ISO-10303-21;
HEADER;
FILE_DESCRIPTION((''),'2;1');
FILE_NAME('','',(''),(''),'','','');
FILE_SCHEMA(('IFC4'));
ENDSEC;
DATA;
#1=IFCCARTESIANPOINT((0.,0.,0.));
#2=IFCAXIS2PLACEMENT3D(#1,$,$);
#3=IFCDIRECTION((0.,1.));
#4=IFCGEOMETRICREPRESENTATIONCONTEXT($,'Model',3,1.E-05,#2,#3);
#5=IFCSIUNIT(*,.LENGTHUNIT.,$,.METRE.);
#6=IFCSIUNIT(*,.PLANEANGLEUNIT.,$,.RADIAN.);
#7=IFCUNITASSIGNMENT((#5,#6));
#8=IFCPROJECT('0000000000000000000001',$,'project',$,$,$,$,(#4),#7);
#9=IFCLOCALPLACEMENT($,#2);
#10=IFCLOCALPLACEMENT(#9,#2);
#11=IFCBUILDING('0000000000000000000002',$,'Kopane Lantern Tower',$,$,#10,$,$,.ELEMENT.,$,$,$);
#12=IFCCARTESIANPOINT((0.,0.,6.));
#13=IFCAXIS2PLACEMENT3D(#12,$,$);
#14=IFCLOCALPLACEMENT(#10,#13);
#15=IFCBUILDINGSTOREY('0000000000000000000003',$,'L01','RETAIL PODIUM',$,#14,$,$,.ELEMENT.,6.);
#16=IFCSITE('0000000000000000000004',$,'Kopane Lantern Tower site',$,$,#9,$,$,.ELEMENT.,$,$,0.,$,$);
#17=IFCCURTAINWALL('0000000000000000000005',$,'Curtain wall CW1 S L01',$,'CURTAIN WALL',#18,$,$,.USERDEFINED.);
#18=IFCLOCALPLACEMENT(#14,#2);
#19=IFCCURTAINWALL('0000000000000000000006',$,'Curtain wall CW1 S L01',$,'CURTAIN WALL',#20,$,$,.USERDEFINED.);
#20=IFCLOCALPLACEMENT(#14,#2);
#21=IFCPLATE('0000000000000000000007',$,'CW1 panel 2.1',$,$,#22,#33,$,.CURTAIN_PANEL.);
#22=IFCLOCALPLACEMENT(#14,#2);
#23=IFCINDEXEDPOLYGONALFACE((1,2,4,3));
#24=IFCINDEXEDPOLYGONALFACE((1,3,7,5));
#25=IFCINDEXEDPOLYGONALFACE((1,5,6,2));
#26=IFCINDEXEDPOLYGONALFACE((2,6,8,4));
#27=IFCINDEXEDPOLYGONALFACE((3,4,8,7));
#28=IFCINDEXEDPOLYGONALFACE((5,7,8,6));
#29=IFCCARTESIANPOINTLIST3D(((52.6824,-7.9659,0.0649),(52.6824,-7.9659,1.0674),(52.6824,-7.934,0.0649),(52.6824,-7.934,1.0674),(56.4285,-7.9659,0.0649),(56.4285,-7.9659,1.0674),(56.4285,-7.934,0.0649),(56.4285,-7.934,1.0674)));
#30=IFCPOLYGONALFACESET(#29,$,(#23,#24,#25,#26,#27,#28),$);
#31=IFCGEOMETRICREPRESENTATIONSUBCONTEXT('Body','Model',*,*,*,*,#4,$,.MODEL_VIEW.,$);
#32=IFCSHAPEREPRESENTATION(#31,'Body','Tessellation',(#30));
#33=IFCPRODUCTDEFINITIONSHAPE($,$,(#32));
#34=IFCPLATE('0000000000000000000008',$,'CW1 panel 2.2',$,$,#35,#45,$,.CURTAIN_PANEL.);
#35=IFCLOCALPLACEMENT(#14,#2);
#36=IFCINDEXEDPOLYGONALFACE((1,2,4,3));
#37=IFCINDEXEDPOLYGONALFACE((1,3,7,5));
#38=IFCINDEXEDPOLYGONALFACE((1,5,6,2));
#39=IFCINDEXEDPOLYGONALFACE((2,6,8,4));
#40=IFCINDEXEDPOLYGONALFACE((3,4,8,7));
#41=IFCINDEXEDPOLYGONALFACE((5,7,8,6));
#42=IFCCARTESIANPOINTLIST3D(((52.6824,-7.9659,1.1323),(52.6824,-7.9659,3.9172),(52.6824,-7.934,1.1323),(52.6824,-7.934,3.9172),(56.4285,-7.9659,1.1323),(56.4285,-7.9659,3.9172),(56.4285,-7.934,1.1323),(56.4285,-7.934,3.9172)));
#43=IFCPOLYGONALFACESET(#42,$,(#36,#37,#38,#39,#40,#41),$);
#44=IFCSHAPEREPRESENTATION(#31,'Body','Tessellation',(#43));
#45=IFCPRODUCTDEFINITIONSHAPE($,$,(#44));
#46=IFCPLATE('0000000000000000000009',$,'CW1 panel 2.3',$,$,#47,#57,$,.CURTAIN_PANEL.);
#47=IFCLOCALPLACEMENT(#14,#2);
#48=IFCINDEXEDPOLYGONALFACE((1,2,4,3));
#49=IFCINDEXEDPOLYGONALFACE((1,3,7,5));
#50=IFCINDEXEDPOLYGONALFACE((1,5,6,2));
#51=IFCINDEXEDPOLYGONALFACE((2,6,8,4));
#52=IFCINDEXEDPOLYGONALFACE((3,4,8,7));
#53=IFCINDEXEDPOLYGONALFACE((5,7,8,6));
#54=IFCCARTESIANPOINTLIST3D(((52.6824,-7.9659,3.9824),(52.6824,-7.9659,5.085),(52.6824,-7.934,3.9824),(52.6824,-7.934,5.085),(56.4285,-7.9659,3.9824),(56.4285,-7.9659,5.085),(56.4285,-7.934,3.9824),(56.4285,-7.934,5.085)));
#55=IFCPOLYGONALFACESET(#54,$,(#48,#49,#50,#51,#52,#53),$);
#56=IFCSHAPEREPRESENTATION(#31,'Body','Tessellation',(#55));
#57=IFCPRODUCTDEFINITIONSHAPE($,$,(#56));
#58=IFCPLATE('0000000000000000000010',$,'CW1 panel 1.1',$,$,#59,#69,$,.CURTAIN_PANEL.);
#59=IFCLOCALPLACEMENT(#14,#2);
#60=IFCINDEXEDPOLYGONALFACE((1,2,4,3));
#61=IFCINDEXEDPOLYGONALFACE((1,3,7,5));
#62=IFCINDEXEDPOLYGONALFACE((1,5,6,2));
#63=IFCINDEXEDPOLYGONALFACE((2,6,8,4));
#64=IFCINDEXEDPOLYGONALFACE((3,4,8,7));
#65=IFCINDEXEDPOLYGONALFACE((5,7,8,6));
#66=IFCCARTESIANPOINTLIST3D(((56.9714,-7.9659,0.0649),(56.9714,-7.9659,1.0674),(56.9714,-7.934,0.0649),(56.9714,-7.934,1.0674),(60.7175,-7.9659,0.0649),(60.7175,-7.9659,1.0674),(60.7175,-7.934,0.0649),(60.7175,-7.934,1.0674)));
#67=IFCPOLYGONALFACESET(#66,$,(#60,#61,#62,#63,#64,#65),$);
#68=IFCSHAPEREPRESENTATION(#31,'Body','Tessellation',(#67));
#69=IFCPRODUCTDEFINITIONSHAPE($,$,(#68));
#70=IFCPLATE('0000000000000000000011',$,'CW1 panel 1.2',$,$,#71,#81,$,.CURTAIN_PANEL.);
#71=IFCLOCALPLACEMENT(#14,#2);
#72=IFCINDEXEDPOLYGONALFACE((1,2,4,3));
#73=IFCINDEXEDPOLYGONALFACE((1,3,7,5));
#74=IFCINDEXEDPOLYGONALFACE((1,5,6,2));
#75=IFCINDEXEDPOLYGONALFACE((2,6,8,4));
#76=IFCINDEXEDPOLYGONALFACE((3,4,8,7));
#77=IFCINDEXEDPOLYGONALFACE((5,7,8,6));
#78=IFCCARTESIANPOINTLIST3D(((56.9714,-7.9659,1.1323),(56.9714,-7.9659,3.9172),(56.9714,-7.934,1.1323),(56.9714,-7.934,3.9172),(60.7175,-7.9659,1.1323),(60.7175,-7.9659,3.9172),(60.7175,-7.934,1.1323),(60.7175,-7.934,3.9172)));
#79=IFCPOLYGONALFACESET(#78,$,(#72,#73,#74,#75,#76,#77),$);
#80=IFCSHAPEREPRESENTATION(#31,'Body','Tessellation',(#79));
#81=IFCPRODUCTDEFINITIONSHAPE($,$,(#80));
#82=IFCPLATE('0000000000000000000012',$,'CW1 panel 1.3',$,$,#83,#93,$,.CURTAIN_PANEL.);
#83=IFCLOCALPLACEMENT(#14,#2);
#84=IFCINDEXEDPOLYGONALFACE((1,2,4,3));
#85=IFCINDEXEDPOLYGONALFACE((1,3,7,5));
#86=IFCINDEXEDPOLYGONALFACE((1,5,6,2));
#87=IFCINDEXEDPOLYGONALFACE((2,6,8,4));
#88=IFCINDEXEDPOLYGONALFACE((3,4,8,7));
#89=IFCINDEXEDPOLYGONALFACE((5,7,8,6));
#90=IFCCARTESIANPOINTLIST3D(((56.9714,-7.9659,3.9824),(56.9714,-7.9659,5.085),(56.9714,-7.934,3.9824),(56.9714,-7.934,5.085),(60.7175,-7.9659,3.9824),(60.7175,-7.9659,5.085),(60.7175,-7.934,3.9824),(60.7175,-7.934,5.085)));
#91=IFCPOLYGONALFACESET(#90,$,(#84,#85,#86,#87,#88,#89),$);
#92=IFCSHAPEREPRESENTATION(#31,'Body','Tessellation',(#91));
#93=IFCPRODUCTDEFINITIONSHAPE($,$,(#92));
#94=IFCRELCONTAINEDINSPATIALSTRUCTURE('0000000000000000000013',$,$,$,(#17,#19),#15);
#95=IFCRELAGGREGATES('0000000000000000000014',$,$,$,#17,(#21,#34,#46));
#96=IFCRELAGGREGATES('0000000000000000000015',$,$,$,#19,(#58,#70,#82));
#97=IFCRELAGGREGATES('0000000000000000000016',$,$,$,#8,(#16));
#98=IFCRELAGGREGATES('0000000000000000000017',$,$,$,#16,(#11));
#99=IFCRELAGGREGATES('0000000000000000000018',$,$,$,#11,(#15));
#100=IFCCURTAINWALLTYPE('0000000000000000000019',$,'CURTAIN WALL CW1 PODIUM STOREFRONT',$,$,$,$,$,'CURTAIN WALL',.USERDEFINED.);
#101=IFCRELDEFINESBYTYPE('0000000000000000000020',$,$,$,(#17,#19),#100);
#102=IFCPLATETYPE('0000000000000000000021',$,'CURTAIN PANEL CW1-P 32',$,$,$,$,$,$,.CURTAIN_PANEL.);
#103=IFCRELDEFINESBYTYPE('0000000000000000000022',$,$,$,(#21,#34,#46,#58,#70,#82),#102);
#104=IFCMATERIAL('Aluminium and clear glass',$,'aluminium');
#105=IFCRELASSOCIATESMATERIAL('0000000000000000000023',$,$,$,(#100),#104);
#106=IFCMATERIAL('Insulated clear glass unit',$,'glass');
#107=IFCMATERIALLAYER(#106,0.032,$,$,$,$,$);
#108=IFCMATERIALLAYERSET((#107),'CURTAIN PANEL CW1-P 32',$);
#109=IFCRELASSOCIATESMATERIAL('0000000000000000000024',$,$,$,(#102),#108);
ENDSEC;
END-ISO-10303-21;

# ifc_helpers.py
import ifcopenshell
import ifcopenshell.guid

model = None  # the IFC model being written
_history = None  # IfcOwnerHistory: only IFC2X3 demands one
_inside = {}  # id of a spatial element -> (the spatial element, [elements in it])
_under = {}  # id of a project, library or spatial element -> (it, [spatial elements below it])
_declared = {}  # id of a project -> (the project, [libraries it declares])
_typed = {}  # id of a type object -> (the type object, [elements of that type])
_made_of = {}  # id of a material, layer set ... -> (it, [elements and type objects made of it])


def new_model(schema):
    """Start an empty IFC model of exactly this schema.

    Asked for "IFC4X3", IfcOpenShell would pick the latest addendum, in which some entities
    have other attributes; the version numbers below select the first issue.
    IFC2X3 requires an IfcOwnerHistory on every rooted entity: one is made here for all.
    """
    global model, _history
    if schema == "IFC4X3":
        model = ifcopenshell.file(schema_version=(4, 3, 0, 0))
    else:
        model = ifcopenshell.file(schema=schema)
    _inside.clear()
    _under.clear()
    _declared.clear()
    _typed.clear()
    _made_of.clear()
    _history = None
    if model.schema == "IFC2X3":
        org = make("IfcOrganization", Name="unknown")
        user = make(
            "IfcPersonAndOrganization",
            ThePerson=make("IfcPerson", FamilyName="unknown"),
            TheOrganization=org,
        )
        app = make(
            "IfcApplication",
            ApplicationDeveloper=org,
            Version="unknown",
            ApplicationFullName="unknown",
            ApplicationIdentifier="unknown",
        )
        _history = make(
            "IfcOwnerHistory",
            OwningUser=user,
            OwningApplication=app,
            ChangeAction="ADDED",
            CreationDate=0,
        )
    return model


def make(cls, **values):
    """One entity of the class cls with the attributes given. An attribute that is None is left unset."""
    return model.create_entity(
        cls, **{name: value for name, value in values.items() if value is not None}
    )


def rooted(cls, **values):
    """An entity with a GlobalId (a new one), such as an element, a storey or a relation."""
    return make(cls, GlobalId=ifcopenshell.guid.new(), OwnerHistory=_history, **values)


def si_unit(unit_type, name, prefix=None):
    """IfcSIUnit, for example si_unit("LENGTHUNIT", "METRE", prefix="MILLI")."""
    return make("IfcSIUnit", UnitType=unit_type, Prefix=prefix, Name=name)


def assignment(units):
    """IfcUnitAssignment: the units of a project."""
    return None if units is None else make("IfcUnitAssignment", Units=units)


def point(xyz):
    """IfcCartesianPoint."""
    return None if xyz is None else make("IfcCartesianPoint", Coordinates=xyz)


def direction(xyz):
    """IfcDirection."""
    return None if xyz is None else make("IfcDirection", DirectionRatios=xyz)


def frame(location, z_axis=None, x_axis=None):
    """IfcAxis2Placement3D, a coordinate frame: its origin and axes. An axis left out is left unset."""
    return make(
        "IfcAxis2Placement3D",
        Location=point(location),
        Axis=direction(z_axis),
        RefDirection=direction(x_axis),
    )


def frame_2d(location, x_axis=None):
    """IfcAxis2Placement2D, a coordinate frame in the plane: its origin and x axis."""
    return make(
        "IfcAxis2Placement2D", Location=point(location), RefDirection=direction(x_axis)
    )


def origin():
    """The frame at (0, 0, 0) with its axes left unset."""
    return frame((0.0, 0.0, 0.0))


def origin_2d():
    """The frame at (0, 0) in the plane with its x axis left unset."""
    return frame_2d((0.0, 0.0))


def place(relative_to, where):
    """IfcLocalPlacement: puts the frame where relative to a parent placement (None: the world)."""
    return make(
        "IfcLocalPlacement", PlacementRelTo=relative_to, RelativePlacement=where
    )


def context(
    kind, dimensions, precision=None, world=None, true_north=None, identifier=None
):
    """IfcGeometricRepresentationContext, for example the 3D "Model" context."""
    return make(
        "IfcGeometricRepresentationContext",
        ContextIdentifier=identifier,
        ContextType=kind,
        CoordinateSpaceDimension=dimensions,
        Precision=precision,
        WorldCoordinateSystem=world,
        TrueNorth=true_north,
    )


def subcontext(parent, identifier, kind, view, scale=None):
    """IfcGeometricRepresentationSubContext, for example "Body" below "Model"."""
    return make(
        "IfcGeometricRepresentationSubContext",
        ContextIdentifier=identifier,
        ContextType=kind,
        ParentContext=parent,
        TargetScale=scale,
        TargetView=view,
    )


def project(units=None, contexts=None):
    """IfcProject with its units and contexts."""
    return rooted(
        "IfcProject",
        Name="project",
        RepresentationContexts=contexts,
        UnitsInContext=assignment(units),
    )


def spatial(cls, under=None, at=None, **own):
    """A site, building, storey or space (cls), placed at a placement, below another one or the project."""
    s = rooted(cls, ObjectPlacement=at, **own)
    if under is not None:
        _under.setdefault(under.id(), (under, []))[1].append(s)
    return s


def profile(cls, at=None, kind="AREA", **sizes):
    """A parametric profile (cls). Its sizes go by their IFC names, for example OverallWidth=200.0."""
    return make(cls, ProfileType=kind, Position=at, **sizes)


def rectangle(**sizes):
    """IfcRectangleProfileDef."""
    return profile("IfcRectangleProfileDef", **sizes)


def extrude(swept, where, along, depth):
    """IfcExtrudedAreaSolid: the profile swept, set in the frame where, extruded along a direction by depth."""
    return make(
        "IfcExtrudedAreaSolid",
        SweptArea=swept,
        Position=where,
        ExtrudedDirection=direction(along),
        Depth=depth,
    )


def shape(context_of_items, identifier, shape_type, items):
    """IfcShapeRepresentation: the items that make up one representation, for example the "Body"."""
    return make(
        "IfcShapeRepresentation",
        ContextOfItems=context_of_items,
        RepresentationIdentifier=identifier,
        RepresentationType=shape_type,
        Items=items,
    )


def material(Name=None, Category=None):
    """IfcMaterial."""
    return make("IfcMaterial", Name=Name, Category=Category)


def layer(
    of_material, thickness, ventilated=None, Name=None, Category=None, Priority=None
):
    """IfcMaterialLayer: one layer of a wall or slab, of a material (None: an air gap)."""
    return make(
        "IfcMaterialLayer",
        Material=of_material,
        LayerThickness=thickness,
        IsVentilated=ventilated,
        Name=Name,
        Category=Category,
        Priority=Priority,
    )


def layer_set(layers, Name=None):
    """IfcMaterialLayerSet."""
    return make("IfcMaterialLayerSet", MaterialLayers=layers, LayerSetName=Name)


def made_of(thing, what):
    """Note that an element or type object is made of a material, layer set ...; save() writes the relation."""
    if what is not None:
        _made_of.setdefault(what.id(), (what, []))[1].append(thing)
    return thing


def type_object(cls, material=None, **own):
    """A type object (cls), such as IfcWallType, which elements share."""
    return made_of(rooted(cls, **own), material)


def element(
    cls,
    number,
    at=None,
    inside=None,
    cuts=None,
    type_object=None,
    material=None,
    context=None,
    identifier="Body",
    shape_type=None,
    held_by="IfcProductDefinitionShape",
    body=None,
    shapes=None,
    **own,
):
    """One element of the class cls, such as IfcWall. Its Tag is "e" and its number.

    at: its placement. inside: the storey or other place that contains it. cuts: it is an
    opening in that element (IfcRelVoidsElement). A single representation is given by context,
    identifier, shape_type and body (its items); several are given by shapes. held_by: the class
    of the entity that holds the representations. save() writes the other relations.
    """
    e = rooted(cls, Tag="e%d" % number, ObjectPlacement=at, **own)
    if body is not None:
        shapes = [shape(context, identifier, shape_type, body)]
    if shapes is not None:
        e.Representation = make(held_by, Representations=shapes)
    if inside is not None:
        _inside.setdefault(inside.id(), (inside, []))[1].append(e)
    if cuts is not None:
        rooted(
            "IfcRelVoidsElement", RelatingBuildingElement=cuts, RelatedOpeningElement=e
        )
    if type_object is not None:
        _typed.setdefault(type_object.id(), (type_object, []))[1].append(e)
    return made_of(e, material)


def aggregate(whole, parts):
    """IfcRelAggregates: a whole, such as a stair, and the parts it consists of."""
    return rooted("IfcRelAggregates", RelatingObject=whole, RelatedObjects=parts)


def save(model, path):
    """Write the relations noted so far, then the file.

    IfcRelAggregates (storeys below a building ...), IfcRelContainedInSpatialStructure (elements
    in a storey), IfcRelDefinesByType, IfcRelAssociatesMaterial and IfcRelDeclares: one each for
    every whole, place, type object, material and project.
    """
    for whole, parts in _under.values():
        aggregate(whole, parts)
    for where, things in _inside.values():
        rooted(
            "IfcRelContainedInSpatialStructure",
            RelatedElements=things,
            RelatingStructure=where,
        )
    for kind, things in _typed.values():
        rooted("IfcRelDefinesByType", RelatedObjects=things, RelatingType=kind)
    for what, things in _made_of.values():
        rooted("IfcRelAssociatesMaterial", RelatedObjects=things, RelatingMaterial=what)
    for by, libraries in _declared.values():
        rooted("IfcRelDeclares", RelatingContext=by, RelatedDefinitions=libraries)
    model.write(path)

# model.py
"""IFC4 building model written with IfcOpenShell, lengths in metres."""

from ifc_helpers import new_model, si_unit, direction, frame, origin, origin_2d, place, context, subcontext, project, spatial, rectangle, extrude, material, layer, layer_set, type_object, element, aggregate, save


model = new_model("IFC4")

# Units and contexts
model_context = context("Model", 3, precision=1e-05, world=origin(), true_north=direction((0.0, 1.0)))
body_context = subcontext(model_context, "Body", "Model", "MODEL_VIEW")
ifc_project = project(units=[si_unit("LENGTHUNIT", "METRE"), si_unit("PLANEANGLEUNIT", "RADIAN")], contexts=[model_context])

# Site, building, storey
site_placement = place(None, origin())
site = spatial("IfcSite", under=ifc_project, at=site_placement, Name="Kopane Lantern Tower site", CompositionType="ELEMENT", RefElevation=0.0)
building_placement = place(site_placement, origin())
building = spatial("IfcBuilding", under=site, at=building_placement, Name="Kopane Lantern Tower", CompositionType="ELEMENT")
storey_placement = place(building_placement, frame((0.0, 0.0, 6.0)))
storey = spatial("IfcBuildingStorey", under=building, at=storey_placement, Name="L01", Description="RETAIL PODIUM", CompositionType="ELEMENT", Elevation=6.0)

# Curtain wall
ifc_material_1 = material(Name="Aluminium and clear glass", Category="aluminium")
curtain_wall_type = type_object("IfcCurtainWallType", Name="CURTAIN WALL CW1 PODIUM STOREFRONT", ElementType="CURTAIN WALL", PredefinedType="USERDEFINED", material=ifc_material_1)
curtain_wall_1_placement = place(storey_placement, origin())
curtain_wall_1 = element("IfcCurtainWall", 1, at=curtain_wall_1_placement, inside=storey, type_object=curtain_wall_type, Name="Curtain wall CW1 S L01", ObjectType="CURTAIN WALL", PredefinedType="USERDEFINED")

# Curtain wall
curtain_wall_2_placement = place(storey_placement, origin())
curtain_wall_2 = element("IfcCurtainWall", 2, at=curtain_wall_2_placement, inside=storey, type_object=curtain_wall_type, Name="Curtain wall CW1 S L01", ObjectType="CURTAIN WALL", PredefinedType="USERDEFINED")

# Plates
ifc_material_2 = material(Name="Insulated clear glass unit", Category="glass")
ifc_layer = layer(ifc_material_2, 0.032)
ifc_layer_set = layer_set([ifc_layer], Name="CURTAIN PANEL CW1-P 32")
plate_type = type_object("IfcPlateType", Name="CURTAIN PANEL CW1-P 32", PredefinedType="CURTAIN_PANEL", material=ifc_layer_set)
plate_1_placement = place(storey_placement, frame((54.5554, -7.95, 0.0649), z_axis=(0.0, 0.0, 1.0), x_axis=(1.0, 0.0, 0.0)))
plate_1 = element("IfcPlate", 3, at=plate_1_placement, type_object=plate_type, Name="CW1 panel 2.1", PredefinedType="CURTAIN_PANEL", context=body_context, shape_type="SweptSolid", body=[
    extrude(rectangle(XDim=3.7461, YDim=0.032, at=origin_2d()), origin(), (0.0, 0.0, 1.0), 1.0024),
])
plate_2_placement = place(storey_placement, frame((54.5554, -7.95, 1.1323), z_axis=(0.0, 0.0, 1.0), x_axis=(1.0, 0.0, 0.0)))
plate_2 = element("IfcPlate", 4, at=plate_2_placement, type_object=plate_type, Name="CW1 panel 2.2", PredefinedType="CURTAIN_PANEL", context=body_context, shape_type="SweptSolid", body=[
    extrude(rectangle(XDim=3.7461, YDim=0.032, at=origin_2d()), origin(), (0.0, 0.0, 1.0), 2.7849),
])
plate_3_placement = place(storey_placement, frame((54.5554, -7.95, 3.9824), z_axis=(0.0, 0.0, 1.0), x_axis=(1.0, 0.0, 0.0)))
plate_3 = element("IfcPlate", 5, at=plate_3_placement, type_object=plate_type, Name="CW1 panel 2.3", PredefinedType="CURTAIN_PANEL", context=body_context, shape_type="SweptSolid", body=[
    extrude(rectangle(XDim=3.7461, YDim=0.032, at=origin_2d()), origin(), (0.0, 0.0, 1.0), 1.1025),
])
aggregate(curtain_wall_1, [plate_1, plate_2, plate_3])
plate_4_placement = place(storey_placement, frame((58.8445, -7.95, 0.0649), z_axis=(0.0, 0.0, 1.0), x_axis=(1.0, 0.0, 0.0)))
plate_4 = element("IfcPlate", 6, at=plate_4_placement, type_object=plate_type, Name="CW1 panel 1.1", PredefinedType="CURTAIN_PANEL", context=body_context, shape_type="SweptSolid", body=[
    extrude(rectangle(XDim=3.7461, YDim=0.032, at=origin_2d()), origin(), (0.0, 0.0, 1.0), 1.0024),
])
plate_5_placement = place(storey_placement, frame((58.8445, -7.95, 1.1323), z_axis=(0.0, 0.0, 1.0), x_axis=(1.0, 0.0, 0.0)))
plate_5 = element("IfcPlate", 7, at=plate_5_placement, type_object=plate_type, Name="CW1 panel 1.2", PredefinedType="CURTAIN_PANEL", context=body_context, shape_type="SweptSolid", body=[
    extrude(rectangle(XDim=3.7461, YDim=0.032, at=origin_2d()), origin(), (0.0, 0.0, 1.0), 2.7849),
])
plate_6_placement = place(storey_placement, frame((58.8445, -7.95, 3.9824), z_axis=(0.0, 0.0, 1.0), x_axis=(1.0, 0.0, 0.0)))
plate_6 = element("IfcPlate", 8, at=plate_6_placement, type_object=plate_type, Name="CW1 panel 1.3", PredefinedType="CURTAIN_PANEL", context=body_context, shape_type="SweptSolid", body=[
    extrude(rectangle(XDim=3.7461, YDim=0.032, at=origin_2d()), origin(), (0.0, 0.0, 1.0), 1.1025),
])
aggregate(curtain_wall_2, [plate_4, plate_5, plate_6])

save(model, "model.ifc")
